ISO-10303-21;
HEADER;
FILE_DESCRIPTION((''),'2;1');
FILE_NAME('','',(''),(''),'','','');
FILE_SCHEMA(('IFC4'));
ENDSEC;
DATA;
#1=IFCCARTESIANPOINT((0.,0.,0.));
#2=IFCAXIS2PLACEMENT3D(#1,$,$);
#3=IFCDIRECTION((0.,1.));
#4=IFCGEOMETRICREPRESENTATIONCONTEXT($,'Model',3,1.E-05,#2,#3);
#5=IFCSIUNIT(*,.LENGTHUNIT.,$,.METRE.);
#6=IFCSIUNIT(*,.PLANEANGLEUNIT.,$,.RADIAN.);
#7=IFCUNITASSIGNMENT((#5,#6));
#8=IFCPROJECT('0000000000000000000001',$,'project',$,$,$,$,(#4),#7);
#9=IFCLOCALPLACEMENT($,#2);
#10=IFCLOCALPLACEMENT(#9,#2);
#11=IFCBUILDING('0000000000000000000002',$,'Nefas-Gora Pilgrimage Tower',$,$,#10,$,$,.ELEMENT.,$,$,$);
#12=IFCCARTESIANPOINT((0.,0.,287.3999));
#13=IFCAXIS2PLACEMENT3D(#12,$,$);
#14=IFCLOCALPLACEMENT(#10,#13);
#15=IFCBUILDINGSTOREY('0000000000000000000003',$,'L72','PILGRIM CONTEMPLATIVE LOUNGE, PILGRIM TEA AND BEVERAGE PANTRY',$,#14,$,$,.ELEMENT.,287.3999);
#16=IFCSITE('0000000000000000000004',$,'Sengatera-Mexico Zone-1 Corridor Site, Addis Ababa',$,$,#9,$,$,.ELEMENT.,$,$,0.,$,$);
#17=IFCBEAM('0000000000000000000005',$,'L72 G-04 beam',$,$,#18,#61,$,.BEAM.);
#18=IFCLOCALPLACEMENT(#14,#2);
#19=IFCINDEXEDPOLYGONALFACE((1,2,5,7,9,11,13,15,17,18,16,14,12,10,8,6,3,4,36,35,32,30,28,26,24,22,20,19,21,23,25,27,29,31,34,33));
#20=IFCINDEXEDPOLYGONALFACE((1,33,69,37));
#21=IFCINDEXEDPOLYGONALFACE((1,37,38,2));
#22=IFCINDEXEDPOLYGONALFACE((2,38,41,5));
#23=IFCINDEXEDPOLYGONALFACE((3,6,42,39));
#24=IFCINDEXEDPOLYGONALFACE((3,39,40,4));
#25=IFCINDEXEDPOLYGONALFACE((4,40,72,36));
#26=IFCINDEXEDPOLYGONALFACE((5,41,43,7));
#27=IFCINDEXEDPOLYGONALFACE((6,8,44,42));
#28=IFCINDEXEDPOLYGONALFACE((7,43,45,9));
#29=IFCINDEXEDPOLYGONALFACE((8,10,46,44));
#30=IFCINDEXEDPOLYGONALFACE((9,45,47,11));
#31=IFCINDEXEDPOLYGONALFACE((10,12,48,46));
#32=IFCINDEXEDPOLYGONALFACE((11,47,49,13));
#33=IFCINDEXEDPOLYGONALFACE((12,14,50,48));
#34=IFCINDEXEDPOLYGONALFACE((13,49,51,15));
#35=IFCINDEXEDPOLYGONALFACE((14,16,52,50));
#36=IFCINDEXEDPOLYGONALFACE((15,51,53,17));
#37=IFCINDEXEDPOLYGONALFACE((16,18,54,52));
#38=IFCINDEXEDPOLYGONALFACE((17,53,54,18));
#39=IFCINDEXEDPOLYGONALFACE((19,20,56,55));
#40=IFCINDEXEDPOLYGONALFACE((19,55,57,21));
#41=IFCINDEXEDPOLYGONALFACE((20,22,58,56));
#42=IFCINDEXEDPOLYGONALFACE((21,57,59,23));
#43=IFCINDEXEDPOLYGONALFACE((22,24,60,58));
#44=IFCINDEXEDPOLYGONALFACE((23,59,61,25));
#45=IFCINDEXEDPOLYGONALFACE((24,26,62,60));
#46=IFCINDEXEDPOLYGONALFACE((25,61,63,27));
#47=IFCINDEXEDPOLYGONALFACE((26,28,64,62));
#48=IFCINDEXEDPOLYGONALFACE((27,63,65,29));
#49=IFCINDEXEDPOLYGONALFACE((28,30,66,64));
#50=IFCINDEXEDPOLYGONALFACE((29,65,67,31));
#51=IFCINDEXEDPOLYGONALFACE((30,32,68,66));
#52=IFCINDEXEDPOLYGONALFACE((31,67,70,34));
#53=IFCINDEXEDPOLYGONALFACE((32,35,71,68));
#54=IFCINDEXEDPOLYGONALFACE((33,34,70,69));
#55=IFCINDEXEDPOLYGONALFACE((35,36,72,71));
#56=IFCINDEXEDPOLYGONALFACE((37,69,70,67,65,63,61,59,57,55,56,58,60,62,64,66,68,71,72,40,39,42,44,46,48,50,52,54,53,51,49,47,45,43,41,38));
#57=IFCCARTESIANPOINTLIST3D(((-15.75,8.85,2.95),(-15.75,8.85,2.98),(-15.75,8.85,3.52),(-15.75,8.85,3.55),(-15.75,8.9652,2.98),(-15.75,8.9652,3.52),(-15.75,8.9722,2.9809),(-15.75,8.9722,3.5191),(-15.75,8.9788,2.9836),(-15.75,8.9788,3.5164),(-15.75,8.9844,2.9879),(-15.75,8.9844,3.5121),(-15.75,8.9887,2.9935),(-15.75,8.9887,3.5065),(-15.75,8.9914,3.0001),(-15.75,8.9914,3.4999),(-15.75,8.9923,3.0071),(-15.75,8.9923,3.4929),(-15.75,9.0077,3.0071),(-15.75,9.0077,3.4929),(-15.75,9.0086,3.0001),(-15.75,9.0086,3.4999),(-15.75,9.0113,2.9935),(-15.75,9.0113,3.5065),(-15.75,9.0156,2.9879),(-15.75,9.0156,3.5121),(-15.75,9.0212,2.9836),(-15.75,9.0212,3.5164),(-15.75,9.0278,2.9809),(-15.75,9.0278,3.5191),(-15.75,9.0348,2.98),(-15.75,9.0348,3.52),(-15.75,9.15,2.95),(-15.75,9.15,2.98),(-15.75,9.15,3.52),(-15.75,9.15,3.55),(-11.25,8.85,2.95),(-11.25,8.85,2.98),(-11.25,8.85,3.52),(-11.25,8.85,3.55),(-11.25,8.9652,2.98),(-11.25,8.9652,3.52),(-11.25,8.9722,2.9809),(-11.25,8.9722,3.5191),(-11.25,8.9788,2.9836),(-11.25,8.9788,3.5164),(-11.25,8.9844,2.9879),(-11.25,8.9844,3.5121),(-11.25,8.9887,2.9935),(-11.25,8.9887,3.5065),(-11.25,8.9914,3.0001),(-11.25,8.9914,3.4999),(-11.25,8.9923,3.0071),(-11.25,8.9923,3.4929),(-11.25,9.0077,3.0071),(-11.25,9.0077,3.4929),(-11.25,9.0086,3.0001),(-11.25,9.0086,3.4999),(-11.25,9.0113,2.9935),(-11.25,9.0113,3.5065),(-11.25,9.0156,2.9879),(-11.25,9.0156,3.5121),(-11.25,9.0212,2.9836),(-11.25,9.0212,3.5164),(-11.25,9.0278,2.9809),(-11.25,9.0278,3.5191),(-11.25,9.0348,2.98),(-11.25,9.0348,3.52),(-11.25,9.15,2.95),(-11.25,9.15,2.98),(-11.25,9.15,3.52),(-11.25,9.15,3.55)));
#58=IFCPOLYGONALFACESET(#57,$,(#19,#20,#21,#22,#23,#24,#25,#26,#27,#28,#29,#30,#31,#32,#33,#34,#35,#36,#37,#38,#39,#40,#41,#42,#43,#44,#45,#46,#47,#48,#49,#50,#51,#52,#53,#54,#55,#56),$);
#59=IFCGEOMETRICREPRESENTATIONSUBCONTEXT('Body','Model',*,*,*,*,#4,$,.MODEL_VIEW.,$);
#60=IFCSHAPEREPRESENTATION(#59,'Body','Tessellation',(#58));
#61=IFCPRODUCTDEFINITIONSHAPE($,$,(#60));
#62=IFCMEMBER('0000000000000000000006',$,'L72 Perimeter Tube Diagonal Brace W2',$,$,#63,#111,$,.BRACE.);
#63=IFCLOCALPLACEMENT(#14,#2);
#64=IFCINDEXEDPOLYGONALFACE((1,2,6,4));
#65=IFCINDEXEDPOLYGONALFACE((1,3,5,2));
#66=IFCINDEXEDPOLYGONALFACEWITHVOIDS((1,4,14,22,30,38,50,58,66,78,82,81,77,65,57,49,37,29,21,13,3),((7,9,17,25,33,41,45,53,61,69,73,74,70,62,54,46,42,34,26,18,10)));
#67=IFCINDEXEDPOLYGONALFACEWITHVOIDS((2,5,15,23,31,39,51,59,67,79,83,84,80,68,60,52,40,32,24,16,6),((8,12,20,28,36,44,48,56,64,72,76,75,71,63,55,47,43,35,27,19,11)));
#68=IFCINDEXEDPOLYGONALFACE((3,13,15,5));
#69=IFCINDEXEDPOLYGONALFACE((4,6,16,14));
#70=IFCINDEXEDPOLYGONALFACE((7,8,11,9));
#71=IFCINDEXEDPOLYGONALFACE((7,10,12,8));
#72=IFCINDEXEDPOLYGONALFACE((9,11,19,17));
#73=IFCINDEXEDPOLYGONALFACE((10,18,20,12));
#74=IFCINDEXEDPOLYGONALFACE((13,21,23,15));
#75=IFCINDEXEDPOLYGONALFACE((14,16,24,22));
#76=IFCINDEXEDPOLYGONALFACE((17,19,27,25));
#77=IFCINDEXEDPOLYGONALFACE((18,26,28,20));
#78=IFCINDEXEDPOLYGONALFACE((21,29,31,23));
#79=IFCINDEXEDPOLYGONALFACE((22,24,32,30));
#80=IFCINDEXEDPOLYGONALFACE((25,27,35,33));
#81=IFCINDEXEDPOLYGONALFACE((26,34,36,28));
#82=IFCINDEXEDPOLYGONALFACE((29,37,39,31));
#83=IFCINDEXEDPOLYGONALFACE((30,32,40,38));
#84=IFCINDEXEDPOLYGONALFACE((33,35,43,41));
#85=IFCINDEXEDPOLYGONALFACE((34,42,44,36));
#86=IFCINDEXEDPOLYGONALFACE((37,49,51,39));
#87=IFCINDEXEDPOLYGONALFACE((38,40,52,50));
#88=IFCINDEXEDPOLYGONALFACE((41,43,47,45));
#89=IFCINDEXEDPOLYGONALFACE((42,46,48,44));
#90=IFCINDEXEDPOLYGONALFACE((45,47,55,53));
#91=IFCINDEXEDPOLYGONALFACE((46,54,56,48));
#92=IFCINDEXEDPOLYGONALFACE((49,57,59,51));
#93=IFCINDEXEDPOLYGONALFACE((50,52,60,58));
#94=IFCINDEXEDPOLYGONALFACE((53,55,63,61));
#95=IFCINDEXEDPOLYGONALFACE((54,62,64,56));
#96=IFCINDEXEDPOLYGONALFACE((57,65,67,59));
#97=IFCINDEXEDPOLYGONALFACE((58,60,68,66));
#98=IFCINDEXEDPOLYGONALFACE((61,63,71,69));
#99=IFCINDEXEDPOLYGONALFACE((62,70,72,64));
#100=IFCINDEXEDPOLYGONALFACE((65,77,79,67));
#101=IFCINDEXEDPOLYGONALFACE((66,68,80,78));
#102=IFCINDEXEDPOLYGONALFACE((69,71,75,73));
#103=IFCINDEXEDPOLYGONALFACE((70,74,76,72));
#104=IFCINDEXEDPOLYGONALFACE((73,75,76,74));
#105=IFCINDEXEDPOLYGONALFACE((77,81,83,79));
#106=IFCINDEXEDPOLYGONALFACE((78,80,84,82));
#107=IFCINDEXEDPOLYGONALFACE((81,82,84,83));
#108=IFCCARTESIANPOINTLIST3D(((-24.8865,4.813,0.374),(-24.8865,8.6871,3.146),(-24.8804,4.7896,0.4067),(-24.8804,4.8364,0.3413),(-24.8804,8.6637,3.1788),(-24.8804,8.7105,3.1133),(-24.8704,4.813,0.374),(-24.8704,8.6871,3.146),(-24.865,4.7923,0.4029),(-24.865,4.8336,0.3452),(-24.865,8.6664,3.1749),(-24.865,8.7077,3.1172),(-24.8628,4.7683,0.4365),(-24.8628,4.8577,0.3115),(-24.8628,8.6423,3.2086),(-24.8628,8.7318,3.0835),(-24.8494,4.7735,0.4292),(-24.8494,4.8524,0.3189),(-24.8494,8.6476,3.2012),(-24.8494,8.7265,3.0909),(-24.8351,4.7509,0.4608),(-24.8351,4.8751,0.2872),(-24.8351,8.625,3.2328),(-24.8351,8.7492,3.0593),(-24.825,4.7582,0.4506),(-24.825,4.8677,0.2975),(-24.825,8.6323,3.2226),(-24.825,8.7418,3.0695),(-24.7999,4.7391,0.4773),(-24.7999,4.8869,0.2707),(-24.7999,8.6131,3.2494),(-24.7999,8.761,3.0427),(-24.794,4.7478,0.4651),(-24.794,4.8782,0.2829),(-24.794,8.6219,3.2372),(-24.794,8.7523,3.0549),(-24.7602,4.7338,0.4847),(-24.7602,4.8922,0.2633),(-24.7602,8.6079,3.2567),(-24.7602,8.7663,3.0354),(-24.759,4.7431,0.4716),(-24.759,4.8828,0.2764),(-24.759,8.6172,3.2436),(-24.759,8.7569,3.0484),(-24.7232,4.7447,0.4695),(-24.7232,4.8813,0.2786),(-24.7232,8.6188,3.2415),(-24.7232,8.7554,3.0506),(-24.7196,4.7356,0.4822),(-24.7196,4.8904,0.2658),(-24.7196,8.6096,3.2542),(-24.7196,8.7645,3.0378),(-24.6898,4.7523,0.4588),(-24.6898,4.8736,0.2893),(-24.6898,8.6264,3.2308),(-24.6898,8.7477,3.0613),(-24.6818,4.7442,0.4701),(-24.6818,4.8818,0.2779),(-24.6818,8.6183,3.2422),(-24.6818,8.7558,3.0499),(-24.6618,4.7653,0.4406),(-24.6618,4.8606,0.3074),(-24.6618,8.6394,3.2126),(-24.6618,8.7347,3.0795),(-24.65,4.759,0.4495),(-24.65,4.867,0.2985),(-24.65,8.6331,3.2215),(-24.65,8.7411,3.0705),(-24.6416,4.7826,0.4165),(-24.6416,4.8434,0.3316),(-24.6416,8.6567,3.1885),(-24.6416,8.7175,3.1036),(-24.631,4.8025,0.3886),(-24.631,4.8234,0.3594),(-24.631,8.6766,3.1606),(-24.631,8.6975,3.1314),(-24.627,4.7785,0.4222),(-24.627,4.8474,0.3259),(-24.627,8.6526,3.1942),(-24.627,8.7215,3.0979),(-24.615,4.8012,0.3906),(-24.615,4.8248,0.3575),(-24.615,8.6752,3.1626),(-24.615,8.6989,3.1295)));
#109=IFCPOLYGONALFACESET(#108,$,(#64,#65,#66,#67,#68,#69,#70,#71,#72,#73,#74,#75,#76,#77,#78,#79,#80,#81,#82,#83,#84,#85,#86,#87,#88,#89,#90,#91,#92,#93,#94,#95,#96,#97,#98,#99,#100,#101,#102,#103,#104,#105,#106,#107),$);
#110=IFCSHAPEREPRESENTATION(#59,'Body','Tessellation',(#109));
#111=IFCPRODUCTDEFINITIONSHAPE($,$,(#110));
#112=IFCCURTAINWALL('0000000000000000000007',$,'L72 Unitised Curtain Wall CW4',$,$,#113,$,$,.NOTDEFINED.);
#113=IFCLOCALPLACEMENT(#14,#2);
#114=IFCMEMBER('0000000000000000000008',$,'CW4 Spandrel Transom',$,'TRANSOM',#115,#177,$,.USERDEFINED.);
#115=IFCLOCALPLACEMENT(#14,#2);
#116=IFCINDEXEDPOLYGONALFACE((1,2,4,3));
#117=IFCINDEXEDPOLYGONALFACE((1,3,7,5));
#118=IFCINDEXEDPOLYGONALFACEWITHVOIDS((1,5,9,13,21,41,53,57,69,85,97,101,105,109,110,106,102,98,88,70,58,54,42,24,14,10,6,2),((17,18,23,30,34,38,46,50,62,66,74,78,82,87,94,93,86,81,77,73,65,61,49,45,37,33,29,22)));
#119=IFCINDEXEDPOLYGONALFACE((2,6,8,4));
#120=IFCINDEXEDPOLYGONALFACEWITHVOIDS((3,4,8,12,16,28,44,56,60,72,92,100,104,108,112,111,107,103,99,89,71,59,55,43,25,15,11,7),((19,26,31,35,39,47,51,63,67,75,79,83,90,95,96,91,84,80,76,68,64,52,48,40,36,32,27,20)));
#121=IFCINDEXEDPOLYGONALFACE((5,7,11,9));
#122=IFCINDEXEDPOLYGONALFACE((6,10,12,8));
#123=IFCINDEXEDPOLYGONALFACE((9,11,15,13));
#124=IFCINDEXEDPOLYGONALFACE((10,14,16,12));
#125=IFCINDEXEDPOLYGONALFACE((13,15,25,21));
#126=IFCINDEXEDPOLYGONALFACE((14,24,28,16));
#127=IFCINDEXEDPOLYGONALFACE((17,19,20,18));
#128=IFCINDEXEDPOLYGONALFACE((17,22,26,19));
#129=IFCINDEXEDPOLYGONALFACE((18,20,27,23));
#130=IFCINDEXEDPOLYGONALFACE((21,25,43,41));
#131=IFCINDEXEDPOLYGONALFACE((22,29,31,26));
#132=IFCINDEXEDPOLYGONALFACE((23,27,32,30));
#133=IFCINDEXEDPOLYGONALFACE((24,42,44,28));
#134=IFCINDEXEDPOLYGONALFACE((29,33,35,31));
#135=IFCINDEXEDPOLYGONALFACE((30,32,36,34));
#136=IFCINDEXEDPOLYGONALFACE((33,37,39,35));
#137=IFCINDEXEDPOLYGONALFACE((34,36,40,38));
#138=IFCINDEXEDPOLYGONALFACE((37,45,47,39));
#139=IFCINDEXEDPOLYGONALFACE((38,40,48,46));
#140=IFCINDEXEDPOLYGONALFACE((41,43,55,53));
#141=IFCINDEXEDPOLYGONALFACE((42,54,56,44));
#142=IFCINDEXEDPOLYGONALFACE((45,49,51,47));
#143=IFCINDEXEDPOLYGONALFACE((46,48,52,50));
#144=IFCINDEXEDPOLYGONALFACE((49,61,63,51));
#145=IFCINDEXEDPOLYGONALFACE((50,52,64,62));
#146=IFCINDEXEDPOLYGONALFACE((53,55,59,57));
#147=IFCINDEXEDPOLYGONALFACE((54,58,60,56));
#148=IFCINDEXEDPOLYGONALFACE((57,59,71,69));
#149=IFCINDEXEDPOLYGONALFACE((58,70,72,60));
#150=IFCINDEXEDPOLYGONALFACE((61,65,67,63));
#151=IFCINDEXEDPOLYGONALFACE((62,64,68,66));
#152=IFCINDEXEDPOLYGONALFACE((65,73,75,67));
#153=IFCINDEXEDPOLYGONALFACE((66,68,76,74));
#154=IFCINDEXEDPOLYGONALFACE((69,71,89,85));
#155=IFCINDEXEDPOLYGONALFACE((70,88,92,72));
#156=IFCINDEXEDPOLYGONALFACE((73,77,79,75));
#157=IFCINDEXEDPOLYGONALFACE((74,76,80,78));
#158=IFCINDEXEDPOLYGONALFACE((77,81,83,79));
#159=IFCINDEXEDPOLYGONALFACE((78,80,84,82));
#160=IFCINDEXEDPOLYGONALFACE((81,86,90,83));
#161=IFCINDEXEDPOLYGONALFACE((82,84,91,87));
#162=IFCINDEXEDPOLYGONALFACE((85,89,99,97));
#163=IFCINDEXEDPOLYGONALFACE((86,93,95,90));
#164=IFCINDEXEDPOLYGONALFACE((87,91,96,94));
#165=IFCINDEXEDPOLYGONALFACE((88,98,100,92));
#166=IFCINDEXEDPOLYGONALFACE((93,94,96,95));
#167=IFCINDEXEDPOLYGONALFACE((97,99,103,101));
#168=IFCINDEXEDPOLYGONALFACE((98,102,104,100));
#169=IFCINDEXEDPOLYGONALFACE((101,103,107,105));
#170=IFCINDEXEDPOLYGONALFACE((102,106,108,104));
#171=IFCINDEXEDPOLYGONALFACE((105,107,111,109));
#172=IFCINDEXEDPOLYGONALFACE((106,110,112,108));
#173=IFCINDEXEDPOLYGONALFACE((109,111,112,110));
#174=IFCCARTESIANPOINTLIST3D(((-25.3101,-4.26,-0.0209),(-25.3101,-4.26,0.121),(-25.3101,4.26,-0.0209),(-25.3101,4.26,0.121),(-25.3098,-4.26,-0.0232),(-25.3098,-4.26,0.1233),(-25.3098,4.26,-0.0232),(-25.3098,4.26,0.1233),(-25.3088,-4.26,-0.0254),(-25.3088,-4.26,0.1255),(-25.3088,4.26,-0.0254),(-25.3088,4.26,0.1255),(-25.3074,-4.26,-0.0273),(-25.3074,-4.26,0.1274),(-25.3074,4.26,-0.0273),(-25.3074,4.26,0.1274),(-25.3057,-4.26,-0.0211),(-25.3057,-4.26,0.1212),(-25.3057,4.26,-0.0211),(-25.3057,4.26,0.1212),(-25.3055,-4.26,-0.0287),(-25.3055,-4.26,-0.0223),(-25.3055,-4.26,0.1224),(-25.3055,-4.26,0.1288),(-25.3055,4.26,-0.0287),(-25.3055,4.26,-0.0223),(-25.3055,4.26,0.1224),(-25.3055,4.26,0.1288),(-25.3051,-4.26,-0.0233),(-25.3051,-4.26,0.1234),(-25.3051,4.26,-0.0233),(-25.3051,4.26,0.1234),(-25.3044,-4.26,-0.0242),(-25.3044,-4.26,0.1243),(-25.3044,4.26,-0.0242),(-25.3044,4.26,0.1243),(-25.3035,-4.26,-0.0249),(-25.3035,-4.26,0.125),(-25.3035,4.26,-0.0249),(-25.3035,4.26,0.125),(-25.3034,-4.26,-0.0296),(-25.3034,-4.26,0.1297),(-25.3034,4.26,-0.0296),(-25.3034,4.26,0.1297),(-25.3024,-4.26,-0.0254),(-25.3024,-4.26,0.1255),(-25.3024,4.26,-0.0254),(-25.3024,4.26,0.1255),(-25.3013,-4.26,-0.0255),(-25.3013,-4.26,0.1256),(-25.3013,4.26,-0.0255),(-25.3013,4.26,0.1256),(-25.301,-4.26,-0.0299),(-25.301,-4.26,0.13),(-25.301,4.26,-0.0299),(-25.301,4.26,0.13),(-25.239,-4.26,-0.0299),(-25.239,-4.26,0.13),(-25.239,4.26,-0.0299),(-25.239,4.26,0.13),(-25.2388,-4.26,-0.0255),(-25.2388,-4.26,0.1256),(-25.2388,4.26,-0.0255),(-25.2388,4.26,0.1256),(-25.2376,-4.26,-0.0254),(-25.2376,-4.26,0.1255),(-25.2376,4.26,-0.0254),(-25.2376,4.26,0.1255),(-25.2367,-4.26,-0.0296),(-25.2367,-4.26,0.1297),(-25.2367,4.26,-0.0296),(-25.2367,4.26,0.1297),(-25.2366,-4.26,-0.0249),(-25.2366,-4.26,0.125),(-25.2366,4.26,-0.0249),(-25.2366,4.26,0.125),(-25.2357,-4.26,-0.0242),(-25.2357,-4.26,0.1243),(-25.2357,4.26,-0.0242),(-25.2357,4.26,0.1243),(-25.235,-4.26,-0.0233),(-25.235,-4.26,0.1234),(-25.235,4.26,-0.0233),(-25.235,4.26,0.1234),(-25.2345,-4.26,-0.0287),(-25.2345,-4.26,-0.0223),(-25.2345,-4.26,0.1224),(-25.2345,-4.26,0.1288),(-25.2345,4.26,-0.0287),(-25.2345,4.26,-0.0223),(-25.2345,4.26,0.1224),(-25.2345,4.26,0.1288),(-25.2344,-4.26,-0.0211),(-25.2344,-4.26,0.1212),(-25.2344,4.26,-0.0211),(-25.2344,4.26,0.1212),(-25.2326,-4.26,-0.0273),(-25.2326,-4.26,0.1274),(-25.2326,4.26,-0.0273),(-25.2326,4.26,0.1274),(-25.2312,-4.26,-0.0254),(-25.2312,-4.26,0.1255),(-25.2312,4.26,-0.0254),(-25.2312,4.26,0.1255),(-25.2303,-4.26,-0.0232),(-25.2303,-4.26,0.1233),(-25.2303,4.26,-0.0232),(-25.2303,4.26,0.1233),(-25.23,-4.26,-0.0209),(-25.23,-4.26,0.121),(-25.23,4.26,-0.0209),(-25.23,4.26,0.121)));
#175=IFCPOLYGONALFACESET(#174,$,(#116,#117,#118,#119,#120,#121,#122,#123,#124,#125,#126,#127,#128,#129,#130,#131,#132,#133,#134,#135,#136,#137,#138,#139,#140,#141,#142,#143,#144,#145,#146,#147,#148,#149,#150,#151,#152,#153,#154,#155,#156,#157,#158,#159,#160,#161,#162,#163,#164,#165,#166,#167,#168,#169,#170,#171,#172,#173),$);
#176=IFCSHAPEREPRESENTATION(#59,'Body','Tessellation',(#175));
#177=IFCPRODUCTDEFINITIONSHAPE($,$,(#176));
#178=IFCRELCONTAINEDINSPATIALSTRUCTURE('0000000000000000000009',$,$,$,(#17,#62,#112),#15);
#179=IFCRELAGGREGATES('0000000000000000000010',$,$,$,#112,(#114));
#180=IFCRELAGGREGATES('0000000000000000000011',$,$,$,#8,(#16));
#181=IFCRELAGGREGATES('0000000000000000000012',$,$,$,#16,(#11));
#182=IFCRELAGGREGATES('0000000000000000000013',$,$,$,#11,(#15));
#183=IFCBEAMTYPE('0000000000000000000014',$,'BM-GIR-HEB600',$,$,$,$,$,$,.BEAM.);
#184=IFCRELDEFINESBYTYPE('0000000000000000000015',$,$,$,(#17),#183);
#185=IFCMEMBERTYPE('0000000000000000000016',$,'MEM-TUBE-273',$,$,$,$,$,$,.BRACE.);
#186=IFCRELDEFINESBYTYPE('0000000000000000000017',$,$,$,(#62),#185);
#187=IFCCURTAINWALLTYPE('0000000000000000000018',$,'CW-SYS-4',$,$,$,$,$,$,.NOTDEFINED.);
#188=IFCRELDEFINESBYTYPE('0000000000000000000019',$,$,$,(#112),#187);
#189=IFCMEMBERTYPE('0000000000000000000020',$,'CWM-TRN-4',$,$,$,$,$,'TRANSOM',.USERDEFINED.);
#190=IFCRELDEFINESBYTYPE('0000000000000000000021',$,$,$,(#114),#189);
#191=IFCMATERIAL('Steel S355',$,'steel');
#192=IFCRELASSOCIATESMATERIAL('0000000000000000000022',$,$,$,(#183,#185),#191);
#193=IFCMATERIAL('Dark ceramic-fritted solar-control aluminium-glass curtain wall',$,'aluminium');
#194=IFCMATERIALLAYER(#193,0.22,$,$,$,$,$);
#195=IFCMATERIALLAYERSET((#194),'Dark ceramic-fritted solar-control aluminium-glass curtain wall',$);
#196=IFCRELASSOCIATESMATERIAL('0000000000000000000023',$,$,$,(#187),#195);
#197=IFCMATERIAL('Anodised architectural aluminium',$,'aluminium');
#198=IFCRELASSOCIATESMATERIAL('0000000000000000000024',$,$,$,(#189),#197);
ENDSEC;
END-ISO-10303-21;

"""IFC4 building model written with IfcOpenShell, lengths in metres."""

from ifc_helpers import new_model, si_unit, direction, frame, origin, origin_2d, place, context, subcontext, project, spatial, hollow_rectangle, hollow_circle, i_section, extrude, source, transform, mapped, material, layer, layer_set, material_profile, profile_set, type_object, element, aggregate, save


model = new_model("IFC4")

# Units and contexts
model_context = context("Model", 3, precision=1e-05, world=origin(), true_north=direction((0.0, 1.0)))
body_context = subcontext(model_context, "Body", "Model", "MODEL_VIEW")
ifc_project = project(units=[si_unit("LENGTHUNIT", "METRE"), si_unit("PLANEANGLEUNIT", "RADIAN")], contexts=[model_context])

# Site, building, storey
site_placement = place(None, origin())
site = spatial("IfcSite", under=ifc_project, at=site_placement, Name="Sengatera-Mexico Zone-1 Corridor Site, Addis Ababa", CompositionType="ELEMENT", RefElevation=0.0)
building_placement = place(site_placement, origin())
building = spatial("IfcBuilding", under=site, at=building_placement, Name="Nefas-Gora Pilgrimage Tower", CompositionType="ELEMENT")
storey_placement = place(building_placement, frame((0.0, 0.0, 287.3999)))
storey = spatial("IfcBuildingStorey", under=building, at=storey_placement, Name="L72", Description="PILGRIM CONTEMPLATIVE LOUNGE, PILGRIM TEA AND BEVERAGE PANTRY", CompositionType="ELEMENT", Elevation=287.3999)

# Shared definitions
ifc_material_1 = material(Name="Steel S355", Category="steel")

# Beam
ifc_material_profile_1 = material_profile(ifc_material_1, i_section(OverallWidth=0.3, OverallDepth=0.6001, WebThickness=0.0154, FlangeThickness=0.03, FilletRadius=0.0271, at=origin_2d()), Name="HEB 600")
ifc_profile_set_1 = profile_set([ifc_material_profile_1], Name="Steel S355")
beam_type_1 = type_object("IfcBeamType", Name="BM-GIR-HEB600", PredefinedType="BEAM", material=ifc_profile_set_1)
shared_shape_1 = source(origin(), body_context, "Body", "SweptSolid", [
    extrude(i_section(OverallWidth=0.3, OverallDepth=0.6001, WebThickness=0.0154, FlangeThickness=0.03, FilletRadius=0.0271, at=origin_2d()), origin(), (0.0, 0.0, 1.0), 4.5),
])
for number, where, z_axis, x_axis, name in (
    (1, (-15.75, 9.0, 3.25), (1.0, 0.0, 0.0), (0.0, 1.0, 0.0), "L72 G-04 beam"),
):
    element("IfcBeam", number, at=place(storey_placement, frame(where, z_axis=z_axis, x_axis=x_axis)), inside=storey, type_object=beam_type_1, Name=name, PredefinedType="BEAM", context=body_context, shape_type="MappedRepresentation", body=[
        mapped(shared_shape_1, transform((0.0, 0.0, 0.0), x_axis=(1.0, 0.0, 0.0), y_axis=(0.0, 1.0, 0.0), z_axis=(0.0, 0.0, 1.0), scale=1.0)),
    ])

# Member
ifc_material_profile_2 = material_profile(ifc_material_1, hollow_circle(Radius=0.1365, WallThickness=0.0161, at=origin_2d()), Name="CHS 273x16")
ifc_profile_set_2 = profile_set([ifc_material_profile_2], Name="Steel S355")
member_type_1 = type_object("IfcMemberType", Name="MEM-TUBE-273", PredefinedType="BRACE", material=ifc_profile_set_2)
shared_shape_2 = source(origin(), body_context, "Body", "SweptSolid", [
    extrude(hollow_circle(Radius=0.1365, WallThickness=0.0161, at=origin_2d()), origin(), (0.0, 0.0, 1.0), 4.7637),
])
member_1_placement = place(storey_placement, frame((-24.75, 4.813, 0.374), z_axis=(0.0, 0.813255, 0.581907), x_axis=(-1.0, 0.0, 0.0)))
element("IfcMember", 2, at=member_1_placement, inside=storey, type_object=member_type_1, Name="L72 Perimeter Tube Diagonal Brace W2", PredefinedType="BRACE", context=body_context, shape_type="MappedRepresentation", body=[
    mapped(shared_shape_2, transform((0.0, 0.0, 0.0), x_axis=(1.0, 0.0, 0.0), y_axis=(0.0, 1.0, 0.0), z_axis=(0.0, 0.0, 1.0), scale=1.0)),
])

# Curtain wall, member
ifc_material_2 = material(Name="Dark ceramic-fritted solar-control aluminium-glass curtain wall", Category="aluminium")
ifc_layer_1 = layer(ifc_material_2, 0.22)
ifc_layer_set_1 = layer_set([ifc_layer_1], Name="Dark ceramic-fritted solar-control aluminium-glass curtain wall")
curtain_wall_type = type_object("IfcCurtainWallType", Name="CW-SYS-4", PredefinedType="NOTDEFINED", material=ifc_layer_set_1)
curtain_wall_placement = place(storey_placement, origin())
curtain_wall = element("IfcCurtainWall", 3, at=curtain_wall_placement, inside=storey, type_object=curtain_wall_type, Name="L72 Unitised Curtain Wall CW4", PredefinedType="NOTDEFINED")
ifc_material_3 = material(Name="Anodised architectural aluminium", Category="aluminium")
ifc_material_profile_3 = material_profile(ifc_material_3, hollow_rectangle(XDim=0.0801, YDim=0.1599, WallThickness=0.0044, InnerFilletRadius=0.0044, OuterFilletRadius=0.009, at=origin_2d()), Name="ALU TRANSOM 80x160")
ifc_profile_set_3 = profile_set([ifc_material_profile_3], Name="Anodised architectural aluminium")
member_type_2 = type_object("IfcMemberType", Name="CWM-TRN-4", ElementType="TRANSOM", PredefinedType="USERDEFINED", material=ifc_profile_set_3)
shared_shape_3 = source(origin(), body_context, "Body", "SweptSolid", [
    extrude(hollow_rectangle(XDim=0.0801, YDim=0.1599, WallThickness=0.0044, InnerFilletRadius=0.0044, OuterFilletRadius=0.009, at=origin_2d()), origin(), (0.0, 0.0, 1.0), 8.52),
])
member_2_placement = place(storey_placement, frame((-25.27, 4.26, 0.05), z_axis=(0.0, -1.0, 0.0), x_axis=(1.0, 0.0, 0.0)))
member_2 = element("IfcMember", 4, at=member_2_placement, type_object=member_type_2, Name="CW4 Spandrel Transom", ObjectType="TRANSOM", PredefinedType="USERDEFINED", context=body_context, shape_type="MappedRepresentation", body=[
    mapped(shared_shape_3, transform((0.0, 0.0, 0.0), x_axis=(1.0, 0.0, 0.0), y_axis=(0.0, 1.0, 0.0), z_axis=(0.0, 0.0, 1.0), scale=1.0)),
])

aggregate(curtain_wall, [member_2])

save(model, "model.ifc")
